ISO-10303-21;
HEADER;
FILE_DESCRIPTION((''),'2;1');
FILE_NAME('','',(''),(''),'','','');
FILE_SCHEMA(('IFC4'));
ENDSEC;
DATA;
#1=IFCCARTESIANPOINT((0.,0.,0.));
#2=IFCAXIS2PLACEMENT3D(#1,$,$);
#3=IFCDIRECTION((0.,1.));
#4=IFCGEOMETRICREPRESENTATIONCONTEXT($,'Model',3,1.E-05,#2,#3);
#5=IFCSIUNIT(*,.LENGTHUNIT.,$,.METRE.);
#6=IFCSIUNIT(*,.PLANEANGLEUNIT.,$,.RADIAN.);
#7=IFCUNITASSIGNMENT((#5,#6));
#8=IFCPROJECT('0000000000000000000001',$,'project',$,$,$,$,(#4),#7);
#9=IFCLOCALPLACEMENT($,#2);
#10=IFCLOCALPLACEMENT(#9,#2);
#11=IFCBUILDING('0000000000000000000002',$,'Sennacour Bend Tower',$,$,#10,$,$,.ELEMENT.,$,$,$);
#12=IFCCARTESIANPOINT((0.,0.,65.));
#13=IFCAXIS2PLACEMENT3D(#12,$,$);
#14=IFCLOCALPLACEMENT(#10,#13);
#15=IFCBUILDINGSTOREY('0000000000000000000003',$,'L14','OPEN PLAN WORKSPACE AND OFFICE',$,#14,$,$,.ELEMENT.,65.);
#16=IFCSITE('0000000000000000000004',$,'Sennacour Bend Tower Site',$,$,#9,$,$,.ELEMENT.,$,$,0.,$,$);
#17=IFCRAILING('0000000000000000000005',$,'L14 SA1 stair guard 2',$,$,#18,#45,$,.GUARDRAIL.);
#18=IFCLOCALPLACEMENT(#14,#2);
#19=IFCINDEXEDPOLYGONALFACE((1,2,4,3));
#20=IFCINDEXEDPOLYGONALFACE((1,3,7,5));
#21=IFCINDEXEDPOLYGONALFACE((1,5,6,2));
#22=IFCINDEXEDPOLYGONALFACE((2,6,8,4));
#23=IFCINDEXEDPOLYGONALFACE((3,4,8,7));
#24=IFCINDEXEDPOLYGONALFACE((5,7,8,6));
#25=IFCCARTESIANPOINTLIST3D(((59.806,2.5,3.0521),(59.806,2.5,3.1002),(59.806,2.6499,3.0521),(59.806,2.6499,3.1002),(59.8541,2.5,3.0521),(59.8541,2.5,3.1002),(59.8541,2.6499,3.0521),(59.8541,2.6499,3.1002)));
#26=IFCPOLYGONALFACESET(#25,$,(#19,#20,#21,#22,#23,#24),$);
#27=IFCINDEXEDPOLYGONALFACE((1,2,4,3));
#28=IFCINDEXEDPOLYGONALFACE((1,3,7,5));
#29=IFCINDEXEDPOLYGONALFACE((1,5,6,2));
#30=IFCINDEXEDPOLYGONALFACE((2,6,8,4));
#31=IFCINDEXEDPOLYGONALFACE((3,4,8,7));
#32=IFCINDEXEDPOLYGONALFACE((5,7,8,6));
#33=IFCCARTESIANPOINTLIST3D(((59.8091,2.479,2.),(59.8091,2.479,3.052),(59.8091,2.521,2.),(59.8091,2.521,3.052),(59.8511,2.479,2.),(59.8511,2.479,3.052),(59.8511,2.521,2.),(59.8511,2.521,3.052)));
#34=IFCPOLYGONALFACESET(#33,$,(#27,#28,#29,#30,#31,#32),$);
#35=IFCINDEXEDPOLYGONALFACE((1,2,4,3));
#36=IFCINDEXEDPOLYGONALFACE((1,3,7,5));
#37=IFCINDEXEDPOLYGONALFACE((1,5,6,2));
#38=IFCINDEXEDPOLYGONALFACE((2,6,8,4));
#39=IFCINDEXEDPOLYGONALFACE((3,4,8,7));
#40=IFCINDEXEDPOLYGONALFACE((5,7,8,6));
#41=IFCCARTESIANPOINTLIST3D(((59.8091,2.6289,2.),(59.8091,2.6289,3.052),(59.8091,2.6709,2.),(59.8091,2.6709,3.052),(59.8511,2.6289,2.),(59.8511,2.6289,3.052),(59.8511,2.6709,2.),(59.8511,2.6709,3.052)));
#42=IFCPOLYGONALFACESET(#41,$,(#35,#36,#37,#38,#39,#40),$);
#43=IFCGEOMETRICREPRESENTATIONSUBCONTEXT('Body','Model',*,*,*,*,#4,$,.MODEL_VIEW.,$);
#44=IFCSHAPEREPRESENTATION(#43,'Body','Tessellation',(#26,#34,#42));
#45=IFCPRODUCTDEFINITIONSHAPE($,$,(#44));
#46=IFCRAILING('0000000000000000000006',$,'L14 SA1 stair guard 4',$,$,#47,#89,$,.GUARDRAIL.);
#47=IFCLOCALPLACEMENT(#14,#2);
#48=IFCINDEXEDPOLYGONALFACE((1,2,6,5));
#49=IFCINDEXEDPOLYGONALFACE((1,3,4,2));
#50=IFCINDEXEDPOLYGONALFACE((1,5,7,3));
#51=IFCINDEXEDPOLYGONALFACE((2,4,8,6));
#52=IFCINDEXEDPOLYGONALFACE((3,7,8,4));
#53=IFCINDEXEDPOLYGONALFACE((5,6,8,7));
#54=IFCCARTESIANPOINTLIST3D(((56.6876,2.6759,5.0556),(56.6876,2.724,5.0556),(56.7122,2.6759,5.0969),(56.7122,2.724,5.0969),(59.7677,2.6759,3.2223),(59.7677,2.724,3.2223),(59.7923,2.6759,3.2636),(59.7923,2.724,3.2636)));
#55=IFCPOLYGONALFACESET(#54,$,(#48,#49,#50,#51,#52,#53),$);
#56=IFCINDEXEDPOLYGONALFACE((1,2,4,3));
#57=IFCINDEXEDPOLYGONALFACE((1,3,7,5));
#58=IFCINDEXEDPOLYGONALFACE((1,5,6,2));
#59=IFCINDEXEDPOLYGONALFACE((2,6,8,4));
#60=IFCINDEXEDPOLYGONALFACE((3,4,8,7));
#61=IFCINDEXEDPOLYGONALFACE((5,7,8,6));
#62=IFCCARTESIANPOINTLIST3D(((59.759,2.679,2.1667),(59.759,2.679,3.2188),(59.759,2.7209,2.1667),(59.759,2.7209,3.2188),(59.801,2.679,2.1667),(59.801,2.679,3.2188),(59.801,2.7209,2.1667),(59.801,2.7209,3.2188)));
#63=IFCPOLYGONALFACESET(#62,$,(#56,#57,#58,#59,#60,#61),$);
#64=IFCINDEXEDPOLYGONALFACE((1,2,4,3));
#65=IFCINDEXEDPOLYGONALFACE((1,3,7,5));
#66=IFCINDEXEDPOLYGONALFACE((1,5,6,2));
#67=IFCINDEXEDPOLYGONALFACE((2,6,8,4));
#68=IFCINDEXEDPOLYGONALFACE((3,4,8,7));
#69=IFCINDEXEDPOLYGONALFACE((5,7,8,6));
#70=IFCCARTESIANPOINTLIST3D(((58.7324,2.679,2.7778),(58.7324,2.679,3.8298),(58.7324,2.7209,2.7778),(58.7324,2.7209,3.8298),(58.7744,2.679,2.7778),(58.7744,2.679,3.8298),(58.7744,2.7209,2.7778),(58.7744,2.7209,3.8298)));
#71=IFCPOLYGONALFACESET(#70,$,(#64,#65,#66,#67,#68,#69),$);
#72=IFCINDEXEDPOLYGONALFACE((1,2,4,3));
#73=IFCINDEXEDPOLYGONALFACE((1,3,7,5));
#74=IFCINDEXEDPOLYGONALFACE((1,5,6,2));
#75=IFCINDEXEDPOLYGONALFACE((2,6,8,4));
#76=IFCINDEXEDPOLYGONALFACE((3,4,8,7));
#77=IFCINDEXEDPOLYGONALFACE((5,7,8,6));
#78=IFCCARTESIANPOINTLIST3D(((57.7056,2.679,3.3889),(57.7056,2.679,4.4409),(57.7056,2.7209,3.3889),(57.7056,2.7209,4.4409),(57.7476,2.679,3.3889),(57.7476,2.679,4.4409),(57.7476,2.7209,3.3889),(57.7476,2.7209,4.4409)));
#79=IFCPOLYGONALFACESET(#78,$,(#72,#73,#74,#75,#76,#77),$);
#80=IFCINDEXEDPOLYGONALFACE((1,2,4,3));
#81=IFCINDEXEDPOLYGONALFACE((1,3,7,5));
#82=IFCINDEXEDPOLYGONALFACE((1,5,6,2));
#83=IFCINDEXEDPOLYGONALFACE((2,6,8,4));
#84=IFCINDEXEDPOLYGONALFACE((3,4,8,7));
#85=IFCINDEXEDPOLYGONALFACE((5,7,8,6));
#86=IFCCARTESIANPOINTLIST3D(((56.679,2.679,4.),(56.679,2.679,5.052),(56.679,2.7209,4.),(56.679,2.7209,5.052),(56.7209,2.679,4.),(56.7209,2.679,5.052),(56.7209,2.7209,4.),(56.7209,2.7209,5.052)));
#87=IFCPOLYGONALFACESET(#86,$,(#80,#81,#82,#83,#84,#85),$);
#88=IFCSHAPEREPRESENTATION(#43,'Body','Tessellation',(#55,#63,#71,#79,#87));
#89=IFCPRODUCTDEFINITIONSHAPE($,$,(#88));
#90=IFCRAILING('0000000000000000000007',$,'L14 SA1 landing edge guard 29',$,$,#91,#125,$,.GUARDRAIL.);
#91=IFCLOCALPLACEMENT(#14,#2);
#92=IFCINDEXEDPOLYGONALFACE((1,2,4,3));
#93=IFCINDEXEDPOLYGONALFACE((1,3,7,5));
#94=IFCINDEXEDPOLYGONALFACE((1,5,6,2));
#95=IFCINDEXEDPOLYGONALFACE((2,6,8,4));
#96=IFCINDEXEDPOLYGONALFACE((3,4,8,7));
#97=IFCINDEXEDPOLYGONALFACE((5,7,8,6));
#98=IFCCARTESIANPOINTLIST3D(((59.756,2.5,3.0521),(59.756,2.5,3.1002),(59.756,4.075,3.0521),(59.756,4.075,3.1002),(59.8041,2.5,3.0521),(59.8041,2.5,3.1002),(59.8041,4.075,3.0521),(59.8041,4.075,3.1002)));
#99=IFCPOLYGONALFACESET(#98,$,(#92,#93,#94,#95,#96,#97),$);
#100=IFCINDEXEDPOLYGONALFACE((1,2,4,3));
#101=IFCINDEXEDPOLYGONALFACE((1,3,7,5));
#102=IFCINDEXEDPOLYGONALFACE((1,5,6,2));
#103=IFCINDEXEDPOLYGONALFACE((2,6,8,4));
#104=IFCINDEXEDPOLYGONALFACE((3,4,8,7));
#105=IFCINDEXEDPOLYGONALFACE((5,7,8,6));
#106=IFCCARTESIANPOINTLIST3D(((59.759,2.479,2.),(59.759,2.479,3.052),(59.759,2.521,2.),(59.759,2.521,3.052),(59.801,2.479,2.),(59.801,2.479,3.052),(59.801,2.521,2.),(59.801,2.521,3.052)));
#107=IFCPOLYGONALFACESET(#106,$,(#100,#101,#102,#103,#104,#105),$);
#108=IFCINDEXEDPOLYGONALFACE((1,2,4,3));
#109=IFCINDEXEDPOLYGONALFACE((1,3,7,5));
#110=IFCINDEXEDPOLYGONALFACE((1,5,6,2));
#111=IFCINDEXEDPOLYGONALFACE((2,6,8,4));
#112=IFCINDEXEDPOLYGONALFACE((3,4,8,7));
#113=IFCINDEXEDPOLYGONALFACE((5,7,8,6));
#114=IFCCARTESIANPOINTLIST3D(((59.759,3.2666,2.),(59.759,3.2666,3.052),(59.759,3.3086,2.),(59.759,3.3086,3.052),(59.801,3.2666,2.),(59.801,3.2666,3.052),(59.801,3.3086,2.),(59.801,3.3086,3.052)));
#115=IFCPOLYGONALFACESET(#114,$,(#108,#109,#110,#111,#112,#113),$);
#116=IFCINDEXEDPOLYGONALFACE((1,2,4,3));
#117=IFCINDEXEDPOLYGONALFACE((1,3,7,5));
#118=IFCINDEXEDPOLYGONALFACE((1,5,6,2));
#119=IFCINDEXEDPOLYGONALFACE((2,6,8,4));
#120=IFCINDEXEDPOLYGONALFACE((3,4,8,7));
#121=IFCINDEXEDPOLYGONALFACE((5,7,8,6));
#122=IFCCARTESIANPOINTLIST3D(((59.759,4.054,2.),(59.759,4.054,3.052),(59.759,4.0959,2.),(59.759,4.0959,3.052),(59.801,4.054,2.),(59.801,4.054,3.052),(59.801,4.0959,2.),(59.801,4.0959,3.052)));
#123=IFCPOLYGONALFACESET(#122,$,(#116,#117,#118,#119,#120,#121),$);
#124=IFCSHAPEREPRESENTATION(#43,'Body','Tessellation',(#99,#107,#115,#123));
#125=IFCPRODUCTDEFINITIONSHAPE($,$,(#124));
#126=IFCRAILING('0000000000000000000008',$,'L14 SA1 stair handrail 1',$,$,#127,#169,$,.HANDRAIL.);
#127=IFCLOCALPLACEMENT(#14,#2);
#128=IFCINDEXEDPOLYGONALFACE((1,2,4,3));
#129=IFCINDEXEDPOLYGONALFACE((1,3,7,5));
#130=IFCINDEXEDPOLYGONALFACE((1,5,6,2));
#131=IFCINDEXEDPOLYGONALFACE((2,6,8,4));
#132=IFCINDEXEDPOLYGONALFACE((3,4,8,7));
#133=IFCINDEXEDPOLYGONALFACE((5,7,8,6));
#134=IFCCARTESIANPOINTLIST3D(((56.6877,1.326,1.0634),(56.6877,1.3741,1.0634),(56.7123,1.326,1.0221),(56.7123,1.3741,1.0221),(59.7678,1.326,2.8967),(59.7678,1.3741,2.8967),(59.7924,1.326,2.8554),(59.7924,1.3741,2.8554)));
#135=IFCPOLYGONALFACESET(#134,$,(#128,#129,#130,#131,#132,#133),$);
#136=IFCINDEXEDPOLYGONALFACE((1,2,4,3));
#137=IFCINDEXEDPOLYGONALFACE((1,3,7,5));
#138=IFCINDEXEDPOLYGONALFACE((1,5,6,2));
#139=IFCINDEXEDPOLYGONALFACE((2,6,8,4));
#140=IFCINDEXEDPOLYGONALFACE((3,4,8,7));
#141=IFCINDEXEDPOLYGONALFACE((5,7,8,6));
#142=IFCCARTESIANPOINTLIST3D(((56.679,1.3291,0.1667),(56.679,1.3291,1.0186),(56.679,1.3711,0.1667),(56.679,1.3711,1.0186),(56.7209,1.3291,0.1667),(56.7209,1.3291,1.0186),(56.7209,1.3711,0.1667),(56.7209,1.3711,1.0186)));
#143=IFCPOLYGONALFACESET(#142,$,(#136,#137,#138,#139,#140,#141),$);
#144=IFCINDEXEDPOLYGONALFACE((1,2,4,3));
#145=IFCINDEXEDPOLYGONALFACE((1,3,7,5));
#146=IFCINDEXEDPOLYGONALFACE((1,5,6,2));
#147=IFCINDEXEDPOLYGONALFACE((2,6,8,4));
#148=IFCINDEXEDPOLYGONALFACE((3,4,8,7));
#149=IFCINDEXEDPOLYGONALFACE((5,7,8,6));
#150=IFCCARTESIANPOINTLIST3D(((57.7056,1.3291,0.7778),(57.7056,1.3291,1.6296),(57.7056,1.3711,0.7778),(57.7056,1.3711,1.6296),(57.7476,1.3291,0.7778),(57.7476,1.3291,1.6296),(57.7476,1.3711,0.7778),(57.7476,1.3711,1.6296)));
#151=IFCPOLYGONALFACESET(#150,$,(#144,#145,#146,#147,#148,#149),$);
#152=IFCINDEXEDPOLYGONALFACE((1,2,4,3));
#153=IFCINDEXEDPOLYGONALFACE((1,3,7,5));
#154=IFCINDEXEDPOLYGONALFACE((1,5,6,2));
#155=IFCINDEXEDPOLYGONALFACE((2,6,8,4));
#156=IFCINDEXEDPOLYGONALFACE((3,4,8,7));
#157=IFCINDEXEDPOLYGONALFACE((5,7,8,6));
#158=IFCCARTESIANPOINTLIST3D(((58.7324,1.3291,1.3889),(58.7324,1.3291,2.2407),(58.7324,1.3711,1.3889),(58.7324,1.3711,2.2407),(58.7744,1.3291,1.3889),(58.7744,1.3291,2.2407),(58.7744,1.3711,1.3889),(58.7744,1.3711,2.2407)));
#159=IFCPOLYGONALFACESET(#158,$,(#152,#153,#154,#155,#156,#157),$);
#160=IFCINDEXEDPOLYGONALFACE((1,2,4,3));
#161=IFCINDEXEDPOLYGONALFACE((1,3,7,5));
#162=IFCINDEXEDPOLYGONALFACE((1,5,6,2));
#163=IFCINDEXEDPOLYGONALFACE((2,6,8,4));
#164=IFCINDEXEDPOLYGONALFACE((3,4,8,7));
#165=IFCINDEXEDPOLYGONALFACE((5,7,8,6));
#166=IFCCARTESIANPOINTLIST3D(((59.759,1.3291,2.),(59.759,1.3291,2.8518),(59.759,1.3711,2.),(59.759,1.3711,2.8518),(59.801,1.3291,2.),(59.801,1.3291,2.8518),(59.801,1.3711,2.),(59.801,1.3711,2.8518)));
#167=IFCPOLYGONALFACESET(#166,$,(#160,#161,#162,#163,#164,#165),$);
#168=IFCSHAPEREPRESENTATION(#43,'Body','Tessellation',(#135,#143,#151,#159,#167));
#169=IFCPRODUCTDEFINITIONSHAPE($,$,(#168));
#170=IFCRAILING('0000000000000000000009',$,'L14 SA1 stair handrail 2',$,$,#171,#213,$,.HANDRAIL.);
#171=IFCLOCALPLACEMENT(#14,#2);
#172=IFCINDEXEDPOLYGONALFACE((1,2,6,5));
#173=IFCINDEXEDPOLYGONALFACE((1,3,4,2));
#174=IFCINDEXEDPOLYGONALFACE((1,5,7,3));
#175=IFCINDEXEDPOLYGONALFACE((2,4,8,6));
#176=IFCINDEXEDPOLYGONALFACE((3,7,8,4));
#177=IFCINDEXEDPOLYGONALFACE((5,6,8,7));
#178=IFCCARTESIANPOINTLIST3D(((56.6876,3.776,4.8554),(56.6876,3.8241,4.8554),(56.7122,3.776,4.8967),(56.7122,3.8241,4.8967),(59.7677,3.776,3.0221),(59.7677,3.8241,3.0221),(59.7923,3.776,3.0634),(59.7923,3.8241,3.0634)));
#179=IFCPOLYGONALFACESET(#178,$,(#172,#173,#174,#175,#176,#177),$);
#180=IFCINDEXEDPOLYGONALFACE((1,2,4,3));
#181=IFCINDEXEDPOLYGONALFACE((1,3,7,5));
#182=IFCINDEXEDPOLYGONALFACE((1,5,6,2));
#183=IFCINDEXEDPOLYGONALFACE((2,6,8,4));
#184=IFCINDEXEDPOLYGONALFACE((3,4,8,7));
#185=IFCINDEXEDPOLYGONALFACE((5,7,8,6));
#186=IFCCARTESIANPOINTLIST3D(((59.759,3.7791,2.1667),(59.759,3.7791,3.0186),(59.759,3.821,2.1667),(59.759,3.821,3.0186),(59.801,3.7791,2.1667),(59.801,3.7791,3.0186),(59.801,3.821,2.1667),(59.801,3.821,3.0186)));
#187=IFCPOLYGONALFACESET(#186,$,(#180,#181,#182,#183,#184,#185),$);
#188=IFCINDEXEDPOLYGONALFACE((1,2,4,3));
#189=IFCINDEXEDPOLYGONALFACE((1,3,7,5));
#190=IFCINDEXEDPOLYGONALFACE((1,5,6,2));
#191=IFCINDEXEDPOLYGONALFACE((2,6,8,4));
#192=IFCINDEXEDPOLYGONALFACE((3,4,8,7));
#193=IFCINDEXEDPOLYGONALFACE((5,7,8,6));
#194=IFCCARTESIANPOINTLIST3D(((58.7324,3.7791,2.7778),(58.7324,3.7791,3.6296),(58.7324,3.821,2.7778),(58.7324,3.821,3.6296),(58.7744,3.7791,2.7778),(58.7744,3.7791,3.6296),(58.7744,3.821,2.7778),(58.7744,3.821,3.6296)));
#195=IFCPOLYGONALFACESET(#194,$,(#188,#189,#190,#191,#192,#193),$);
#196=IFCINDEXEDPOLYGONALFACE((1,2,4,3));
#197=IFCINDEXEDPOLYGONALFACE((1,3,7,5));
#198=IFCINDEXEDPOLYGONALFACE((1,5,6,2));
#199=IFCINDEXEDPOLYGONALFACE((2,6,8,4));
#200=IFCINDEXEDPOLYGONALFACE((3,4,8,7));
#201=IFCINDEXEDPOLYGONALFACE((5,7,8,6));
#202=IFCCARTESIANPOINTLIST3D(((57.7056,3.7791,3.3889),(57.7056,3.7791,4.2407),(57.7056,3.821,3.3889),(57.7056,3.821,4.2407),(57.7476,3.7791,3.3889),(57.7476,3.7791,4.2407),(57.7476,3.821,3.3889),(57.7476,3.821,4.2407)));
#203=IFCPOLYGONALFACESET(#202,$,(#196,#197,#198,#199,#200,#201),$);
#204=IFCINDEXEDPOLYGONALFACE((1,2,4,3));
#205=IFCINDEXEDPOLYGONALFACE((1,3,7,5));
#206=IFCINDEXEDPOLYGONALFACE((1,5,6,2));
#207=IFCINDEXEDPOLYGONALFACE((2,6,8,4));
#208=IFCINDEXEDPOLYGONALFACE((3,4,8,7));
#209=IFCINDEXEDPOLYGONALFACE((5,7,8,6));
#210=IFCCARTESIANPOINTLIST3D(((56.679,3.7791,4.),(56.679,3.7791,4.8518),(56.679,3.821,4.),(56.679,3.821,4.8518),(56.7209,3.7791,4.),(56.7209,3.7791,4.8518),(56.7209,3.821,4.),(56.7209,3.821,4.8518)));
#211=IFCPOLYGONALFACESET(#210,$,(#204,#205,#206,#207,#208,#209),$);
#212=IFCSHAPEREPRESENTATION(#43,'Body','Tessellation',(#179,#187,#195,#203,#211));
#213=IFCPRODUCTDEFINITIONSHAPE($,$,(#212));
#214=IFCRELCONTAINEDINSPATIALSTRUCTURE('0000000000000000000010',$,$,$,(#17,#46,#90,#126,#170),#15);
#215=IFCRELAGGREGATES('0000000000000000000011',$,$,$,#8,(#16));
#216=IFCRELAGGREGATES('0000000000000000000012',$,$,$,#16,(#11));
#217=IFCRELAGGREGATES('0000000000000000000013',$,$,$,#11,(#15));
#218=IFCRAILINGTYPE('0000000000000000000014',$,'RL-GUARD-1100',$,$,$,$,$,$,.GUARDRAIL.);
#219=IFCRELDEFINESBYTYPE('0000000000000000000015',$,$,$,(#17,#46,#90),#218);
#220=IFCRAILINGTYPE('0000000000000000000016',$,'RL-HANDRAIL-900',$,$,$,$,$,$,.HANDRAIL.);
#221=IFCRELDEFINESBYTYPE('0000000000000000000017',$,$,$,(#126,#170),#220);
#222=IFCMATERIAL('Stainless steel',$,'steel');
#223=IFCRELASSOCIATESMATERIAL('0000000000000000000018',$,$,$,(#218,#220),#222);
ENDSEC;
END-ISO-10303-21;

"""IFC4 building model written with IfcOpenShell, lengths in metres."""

from ifc_helpers import new_model, si_unit, direction, frame, origin, origin_2d, place, context, subcontext, project, spatial, rectangle, extrude, material, type_object, element, save


model = new_model("IFC4")

# Units and contexts
model_context = context("Model", 3, precision=1e-05, world=origin(), true_north=direction((0.0, 1.0)))
body_context = subcontext(model_context, "Body", "Model", "MODEL_VIEW")
ifc_project = project(units=[si_unit("LENGTHUNIT", "METRE"), si_unit("PLANEANGLEUNIT", "RADIAN")], contexts=[model_context])

# Site, building, storey
site_placement = place(None, origin())
site = spatial("IfcSite", under=ifc_project, at=site_placement, Name="Sennacour Bend Tower Site", CompositionType="ELEMENT", RefElevation=0.0)
building_placement = place(site_placement, origin())
building = spatial("IfcBuilding", under=site, at=building_placement, Name="Sennacour Bend Tower", CompositionType="ELEMENT")
storey_placement = place(building_placement, frame((0.0, 0.0, 65.0)))
storey = spatial("IfcBuildingStorey", under=building, at=storey_placement, Name="L14", Description="OPEN PLAN WORKSPACE AND OFFICE", CompositionType="ELEMENT", Elevation=65.0)

# Shared definitions
ifc_material_1 = material(Name="Stainless steel", Category="steel")

# Railings
railing_type_1 = type_object("IfcRailingType", Name="RL-GUARD-1100", PredefinedType="GUARDRAIL", material=ifc_material_1)
railing_1_placement = place(storey_placement, frame((59.8301, 2.5, 2.0)))
element("IfcRailing", 1, at=railing_1_placement, inside=storey, type_object=railing_type_1, Name="L14 SA1 stair guard 2", PredefinedType="GUARDRAIL", context=body_context, shape_type="SweptSolid", body=[
    extrude(rectangle(XDim=0.0481, YDim=0.0481, at=origin_2d()), frame((0.0, 0.0, 1.0762), z_axis=(0.0, 1.0, 0.0), x_axis=(-1.0, 0.0, 0.0)), (0.0, 0.0, 1.0), 0.1499),
    extrude(rectangle(XDim=0.042, YDim=0.042, at=origin_2d()), origin(), (0.0, 0.0, 1.0), 1.052),
    extrude(rectangle(XDim=0.042, YDim=0.042, at=origin_2d()), frame((0.0, 0.1499, 0.0)), (0.0, 0.0, 1.0), 1.052),
])
railing_2_placement = place(storey_placement, frame((59.78, 2.7, 2.1667)))
element("IfcRailing", 2, at=railing_2_placement, inside=storey, type_object=railing_type_1, Name="L14 SA1 stair guard 4", PredefinedType="GUARDRAIL", context=body_context, shape_type="SweptSolid", body=[
    extrude(rectangle(XDim=0.0481, YDim=0.0481, at=origin_2d()), frame((0.0, 0.0, 1.0762), z_axis=(-0.859309, 0.0, 0.511458), x_axis=(0.0, -1.0, 0.0)), (0.0, 0.0, 1.0), 3.5845),
    extrude(rectangle(XDim=0.042, YDim=0.042, at=origin_2d()), origin(), (0.0, 0.0, 1.0), 1.052),
    extrude(rectangle(XDim=0.042, YDim=0.042, at=origin_2d()), frame((-1.0266, 0.0, 0.6111)), (0.0, 0.0, 1.0), 1.052),
    extrude(rectangle(XDim=0.042, YDim=0.042, at=origin_2d()), frame((-2.0535, 0.0, 1.2222)), (0.0, 0.0, 1.0), 1.052),
    extrude(rectangle(XDim=0.042, YDim=0.042, at=origin_2d()), frame((-3.0801, 0.0, 1.8333)), (0.0, 0.0, 1.0), 1.052),
])
railing_3_placement = place(storey_placement, frame((59.78, 2.5, 2.0)))
element("IfcRailing", 3, at=railing_3_placement, inside=storey, type_object=railing_type_1, Name="L14 SA1 landing edge guard 29", PredefinedType="GUARDRAIL", context=body_context, shape_type="SweptSolid", body=[
    extrude(rectangle(XDim=0.0481, YDim=0.0481, at=origin_2d()), frame((0.0, 0.0, 1.0762), z_axis=(0.0, 1.0, 0.0), x_axis=(-1.0, 0.0, 0.0)), (0.0, 0.0, 1.0), 1.575),
    extrude(rectangle(XDim=0.042, YDim=0.042, at=origin_2d()), origin(), (0.0, 0.0, 1.0), 1.052),
    extrude(rectangle(XDim=0.042, YDim=0.042, at=origin_2d()), frame((0.0, 0.7876, 0.0)), (0.0, 0.0, 1.0), 1.052),
    extrude(rectangle(XDim=0.042, YDim=0.042, at=origin_2d()), frame((0.0, 1.575, 0.0)), (0.0, 0.0, 1.0), 1.052),
])
railing_type_2 = type_object("IfcRailingType", Name="RL-HANDRAIL-900", PredefinedType="HANDRAIL", material=ifc_material_1)
railing_4_placement = place(storey_placement, frame((56.7, 1.3501, 0.1667)))
element("IfcRailing", 4, at=railing_4_placement, inside=storey, type_object=railing_type_2, Name="L14 SA1 stair handrail 1", PredefinedType="HANDRAIL", context=body_context, shape_type="SweptSolid", body=[
    extrude(rectangle(XDim=0.0481, YDim=0.0481, at=origin_2d()), frame((0.0, 0.0, 0.876), z_axis=(0.859309, 0.0, 0.511458), x_axis=(0.0, 1.0, 0.0)), (0.0, 0.0, 1.0), 3.5845),
    extrude(rectangle(XDim=0.042, YDim=0.042, at=origin_2d()), origin(), (0.0, 0.0, 1.0), 0.8518),
    extrude(rectangle(XDim=0.042, YDim=0.042, at=origin_2d()), frame((1.0266, 0.0, 0.6111)), (0.0, 0.0, 1.0), 0.8518),
    extrude(rectangle(XDim=0.042, YDim=0.042, at=origin_2d()), frame((2.0535, 0.0, 1.2222)), (0.0, 0.0, 1.0), 0.8518),
    extrude(rectangle(XDim=0.042, YDim=0.042, at=origin_2d()), frame((3.0801, 0.0, 1.8333)), (0.0, 0.0, 1.0), 0.8518),
])
railing_5_placement = place(storey_placement, frame((59.78, 3.8, 2.1667)))
element("IfcRailing", 5, at=railing_5_placement, inside=storey, type_object=railing_type_2, Name="L14 SA1 stair handrail 2", PredefinedType="HANDRAIL", context=body_context, shape_type="SweptSolid", body=[
    extrude(rectangle(XDim=0.0481, YDim=0.0481, at=origin_2d()), frame((0.0, 0.0, 0.876), z_axis=(-0.859309, 0.0, 0.511458), x_axis=(0.0, -1.0, 0.0)), (0.0, 0.0, 1.0), 3.5845),
    extrude(rectangle(XDim=0.042, YDim=0.042, at=origin_2d()), origin(), (0.0, 0.0, 1.0), 0.8518),
    extrude(rectangle(XDim=0.042, YDim=0.042, at=origin_2d()), frame((-1.0266, 0.0, 0.6111)), (0.0, 0.0, 1.0), 0.8518),
    extrude(rectangle(XDim=0.042, YDim=0.042, at=origin_2d()), frame((-2.0535, 0.0, 1.2222)), (0.0, 0.0, 1.0), 0.8518),
    extrude(rectangle(XDim=0.042, YDim=0.042, at=origin_2d()), frame((-3.0801, 0.0, 1.8333)), (0.0, 0.0, 1.0), 0.8518),
])

save(model, "model.ifc")
